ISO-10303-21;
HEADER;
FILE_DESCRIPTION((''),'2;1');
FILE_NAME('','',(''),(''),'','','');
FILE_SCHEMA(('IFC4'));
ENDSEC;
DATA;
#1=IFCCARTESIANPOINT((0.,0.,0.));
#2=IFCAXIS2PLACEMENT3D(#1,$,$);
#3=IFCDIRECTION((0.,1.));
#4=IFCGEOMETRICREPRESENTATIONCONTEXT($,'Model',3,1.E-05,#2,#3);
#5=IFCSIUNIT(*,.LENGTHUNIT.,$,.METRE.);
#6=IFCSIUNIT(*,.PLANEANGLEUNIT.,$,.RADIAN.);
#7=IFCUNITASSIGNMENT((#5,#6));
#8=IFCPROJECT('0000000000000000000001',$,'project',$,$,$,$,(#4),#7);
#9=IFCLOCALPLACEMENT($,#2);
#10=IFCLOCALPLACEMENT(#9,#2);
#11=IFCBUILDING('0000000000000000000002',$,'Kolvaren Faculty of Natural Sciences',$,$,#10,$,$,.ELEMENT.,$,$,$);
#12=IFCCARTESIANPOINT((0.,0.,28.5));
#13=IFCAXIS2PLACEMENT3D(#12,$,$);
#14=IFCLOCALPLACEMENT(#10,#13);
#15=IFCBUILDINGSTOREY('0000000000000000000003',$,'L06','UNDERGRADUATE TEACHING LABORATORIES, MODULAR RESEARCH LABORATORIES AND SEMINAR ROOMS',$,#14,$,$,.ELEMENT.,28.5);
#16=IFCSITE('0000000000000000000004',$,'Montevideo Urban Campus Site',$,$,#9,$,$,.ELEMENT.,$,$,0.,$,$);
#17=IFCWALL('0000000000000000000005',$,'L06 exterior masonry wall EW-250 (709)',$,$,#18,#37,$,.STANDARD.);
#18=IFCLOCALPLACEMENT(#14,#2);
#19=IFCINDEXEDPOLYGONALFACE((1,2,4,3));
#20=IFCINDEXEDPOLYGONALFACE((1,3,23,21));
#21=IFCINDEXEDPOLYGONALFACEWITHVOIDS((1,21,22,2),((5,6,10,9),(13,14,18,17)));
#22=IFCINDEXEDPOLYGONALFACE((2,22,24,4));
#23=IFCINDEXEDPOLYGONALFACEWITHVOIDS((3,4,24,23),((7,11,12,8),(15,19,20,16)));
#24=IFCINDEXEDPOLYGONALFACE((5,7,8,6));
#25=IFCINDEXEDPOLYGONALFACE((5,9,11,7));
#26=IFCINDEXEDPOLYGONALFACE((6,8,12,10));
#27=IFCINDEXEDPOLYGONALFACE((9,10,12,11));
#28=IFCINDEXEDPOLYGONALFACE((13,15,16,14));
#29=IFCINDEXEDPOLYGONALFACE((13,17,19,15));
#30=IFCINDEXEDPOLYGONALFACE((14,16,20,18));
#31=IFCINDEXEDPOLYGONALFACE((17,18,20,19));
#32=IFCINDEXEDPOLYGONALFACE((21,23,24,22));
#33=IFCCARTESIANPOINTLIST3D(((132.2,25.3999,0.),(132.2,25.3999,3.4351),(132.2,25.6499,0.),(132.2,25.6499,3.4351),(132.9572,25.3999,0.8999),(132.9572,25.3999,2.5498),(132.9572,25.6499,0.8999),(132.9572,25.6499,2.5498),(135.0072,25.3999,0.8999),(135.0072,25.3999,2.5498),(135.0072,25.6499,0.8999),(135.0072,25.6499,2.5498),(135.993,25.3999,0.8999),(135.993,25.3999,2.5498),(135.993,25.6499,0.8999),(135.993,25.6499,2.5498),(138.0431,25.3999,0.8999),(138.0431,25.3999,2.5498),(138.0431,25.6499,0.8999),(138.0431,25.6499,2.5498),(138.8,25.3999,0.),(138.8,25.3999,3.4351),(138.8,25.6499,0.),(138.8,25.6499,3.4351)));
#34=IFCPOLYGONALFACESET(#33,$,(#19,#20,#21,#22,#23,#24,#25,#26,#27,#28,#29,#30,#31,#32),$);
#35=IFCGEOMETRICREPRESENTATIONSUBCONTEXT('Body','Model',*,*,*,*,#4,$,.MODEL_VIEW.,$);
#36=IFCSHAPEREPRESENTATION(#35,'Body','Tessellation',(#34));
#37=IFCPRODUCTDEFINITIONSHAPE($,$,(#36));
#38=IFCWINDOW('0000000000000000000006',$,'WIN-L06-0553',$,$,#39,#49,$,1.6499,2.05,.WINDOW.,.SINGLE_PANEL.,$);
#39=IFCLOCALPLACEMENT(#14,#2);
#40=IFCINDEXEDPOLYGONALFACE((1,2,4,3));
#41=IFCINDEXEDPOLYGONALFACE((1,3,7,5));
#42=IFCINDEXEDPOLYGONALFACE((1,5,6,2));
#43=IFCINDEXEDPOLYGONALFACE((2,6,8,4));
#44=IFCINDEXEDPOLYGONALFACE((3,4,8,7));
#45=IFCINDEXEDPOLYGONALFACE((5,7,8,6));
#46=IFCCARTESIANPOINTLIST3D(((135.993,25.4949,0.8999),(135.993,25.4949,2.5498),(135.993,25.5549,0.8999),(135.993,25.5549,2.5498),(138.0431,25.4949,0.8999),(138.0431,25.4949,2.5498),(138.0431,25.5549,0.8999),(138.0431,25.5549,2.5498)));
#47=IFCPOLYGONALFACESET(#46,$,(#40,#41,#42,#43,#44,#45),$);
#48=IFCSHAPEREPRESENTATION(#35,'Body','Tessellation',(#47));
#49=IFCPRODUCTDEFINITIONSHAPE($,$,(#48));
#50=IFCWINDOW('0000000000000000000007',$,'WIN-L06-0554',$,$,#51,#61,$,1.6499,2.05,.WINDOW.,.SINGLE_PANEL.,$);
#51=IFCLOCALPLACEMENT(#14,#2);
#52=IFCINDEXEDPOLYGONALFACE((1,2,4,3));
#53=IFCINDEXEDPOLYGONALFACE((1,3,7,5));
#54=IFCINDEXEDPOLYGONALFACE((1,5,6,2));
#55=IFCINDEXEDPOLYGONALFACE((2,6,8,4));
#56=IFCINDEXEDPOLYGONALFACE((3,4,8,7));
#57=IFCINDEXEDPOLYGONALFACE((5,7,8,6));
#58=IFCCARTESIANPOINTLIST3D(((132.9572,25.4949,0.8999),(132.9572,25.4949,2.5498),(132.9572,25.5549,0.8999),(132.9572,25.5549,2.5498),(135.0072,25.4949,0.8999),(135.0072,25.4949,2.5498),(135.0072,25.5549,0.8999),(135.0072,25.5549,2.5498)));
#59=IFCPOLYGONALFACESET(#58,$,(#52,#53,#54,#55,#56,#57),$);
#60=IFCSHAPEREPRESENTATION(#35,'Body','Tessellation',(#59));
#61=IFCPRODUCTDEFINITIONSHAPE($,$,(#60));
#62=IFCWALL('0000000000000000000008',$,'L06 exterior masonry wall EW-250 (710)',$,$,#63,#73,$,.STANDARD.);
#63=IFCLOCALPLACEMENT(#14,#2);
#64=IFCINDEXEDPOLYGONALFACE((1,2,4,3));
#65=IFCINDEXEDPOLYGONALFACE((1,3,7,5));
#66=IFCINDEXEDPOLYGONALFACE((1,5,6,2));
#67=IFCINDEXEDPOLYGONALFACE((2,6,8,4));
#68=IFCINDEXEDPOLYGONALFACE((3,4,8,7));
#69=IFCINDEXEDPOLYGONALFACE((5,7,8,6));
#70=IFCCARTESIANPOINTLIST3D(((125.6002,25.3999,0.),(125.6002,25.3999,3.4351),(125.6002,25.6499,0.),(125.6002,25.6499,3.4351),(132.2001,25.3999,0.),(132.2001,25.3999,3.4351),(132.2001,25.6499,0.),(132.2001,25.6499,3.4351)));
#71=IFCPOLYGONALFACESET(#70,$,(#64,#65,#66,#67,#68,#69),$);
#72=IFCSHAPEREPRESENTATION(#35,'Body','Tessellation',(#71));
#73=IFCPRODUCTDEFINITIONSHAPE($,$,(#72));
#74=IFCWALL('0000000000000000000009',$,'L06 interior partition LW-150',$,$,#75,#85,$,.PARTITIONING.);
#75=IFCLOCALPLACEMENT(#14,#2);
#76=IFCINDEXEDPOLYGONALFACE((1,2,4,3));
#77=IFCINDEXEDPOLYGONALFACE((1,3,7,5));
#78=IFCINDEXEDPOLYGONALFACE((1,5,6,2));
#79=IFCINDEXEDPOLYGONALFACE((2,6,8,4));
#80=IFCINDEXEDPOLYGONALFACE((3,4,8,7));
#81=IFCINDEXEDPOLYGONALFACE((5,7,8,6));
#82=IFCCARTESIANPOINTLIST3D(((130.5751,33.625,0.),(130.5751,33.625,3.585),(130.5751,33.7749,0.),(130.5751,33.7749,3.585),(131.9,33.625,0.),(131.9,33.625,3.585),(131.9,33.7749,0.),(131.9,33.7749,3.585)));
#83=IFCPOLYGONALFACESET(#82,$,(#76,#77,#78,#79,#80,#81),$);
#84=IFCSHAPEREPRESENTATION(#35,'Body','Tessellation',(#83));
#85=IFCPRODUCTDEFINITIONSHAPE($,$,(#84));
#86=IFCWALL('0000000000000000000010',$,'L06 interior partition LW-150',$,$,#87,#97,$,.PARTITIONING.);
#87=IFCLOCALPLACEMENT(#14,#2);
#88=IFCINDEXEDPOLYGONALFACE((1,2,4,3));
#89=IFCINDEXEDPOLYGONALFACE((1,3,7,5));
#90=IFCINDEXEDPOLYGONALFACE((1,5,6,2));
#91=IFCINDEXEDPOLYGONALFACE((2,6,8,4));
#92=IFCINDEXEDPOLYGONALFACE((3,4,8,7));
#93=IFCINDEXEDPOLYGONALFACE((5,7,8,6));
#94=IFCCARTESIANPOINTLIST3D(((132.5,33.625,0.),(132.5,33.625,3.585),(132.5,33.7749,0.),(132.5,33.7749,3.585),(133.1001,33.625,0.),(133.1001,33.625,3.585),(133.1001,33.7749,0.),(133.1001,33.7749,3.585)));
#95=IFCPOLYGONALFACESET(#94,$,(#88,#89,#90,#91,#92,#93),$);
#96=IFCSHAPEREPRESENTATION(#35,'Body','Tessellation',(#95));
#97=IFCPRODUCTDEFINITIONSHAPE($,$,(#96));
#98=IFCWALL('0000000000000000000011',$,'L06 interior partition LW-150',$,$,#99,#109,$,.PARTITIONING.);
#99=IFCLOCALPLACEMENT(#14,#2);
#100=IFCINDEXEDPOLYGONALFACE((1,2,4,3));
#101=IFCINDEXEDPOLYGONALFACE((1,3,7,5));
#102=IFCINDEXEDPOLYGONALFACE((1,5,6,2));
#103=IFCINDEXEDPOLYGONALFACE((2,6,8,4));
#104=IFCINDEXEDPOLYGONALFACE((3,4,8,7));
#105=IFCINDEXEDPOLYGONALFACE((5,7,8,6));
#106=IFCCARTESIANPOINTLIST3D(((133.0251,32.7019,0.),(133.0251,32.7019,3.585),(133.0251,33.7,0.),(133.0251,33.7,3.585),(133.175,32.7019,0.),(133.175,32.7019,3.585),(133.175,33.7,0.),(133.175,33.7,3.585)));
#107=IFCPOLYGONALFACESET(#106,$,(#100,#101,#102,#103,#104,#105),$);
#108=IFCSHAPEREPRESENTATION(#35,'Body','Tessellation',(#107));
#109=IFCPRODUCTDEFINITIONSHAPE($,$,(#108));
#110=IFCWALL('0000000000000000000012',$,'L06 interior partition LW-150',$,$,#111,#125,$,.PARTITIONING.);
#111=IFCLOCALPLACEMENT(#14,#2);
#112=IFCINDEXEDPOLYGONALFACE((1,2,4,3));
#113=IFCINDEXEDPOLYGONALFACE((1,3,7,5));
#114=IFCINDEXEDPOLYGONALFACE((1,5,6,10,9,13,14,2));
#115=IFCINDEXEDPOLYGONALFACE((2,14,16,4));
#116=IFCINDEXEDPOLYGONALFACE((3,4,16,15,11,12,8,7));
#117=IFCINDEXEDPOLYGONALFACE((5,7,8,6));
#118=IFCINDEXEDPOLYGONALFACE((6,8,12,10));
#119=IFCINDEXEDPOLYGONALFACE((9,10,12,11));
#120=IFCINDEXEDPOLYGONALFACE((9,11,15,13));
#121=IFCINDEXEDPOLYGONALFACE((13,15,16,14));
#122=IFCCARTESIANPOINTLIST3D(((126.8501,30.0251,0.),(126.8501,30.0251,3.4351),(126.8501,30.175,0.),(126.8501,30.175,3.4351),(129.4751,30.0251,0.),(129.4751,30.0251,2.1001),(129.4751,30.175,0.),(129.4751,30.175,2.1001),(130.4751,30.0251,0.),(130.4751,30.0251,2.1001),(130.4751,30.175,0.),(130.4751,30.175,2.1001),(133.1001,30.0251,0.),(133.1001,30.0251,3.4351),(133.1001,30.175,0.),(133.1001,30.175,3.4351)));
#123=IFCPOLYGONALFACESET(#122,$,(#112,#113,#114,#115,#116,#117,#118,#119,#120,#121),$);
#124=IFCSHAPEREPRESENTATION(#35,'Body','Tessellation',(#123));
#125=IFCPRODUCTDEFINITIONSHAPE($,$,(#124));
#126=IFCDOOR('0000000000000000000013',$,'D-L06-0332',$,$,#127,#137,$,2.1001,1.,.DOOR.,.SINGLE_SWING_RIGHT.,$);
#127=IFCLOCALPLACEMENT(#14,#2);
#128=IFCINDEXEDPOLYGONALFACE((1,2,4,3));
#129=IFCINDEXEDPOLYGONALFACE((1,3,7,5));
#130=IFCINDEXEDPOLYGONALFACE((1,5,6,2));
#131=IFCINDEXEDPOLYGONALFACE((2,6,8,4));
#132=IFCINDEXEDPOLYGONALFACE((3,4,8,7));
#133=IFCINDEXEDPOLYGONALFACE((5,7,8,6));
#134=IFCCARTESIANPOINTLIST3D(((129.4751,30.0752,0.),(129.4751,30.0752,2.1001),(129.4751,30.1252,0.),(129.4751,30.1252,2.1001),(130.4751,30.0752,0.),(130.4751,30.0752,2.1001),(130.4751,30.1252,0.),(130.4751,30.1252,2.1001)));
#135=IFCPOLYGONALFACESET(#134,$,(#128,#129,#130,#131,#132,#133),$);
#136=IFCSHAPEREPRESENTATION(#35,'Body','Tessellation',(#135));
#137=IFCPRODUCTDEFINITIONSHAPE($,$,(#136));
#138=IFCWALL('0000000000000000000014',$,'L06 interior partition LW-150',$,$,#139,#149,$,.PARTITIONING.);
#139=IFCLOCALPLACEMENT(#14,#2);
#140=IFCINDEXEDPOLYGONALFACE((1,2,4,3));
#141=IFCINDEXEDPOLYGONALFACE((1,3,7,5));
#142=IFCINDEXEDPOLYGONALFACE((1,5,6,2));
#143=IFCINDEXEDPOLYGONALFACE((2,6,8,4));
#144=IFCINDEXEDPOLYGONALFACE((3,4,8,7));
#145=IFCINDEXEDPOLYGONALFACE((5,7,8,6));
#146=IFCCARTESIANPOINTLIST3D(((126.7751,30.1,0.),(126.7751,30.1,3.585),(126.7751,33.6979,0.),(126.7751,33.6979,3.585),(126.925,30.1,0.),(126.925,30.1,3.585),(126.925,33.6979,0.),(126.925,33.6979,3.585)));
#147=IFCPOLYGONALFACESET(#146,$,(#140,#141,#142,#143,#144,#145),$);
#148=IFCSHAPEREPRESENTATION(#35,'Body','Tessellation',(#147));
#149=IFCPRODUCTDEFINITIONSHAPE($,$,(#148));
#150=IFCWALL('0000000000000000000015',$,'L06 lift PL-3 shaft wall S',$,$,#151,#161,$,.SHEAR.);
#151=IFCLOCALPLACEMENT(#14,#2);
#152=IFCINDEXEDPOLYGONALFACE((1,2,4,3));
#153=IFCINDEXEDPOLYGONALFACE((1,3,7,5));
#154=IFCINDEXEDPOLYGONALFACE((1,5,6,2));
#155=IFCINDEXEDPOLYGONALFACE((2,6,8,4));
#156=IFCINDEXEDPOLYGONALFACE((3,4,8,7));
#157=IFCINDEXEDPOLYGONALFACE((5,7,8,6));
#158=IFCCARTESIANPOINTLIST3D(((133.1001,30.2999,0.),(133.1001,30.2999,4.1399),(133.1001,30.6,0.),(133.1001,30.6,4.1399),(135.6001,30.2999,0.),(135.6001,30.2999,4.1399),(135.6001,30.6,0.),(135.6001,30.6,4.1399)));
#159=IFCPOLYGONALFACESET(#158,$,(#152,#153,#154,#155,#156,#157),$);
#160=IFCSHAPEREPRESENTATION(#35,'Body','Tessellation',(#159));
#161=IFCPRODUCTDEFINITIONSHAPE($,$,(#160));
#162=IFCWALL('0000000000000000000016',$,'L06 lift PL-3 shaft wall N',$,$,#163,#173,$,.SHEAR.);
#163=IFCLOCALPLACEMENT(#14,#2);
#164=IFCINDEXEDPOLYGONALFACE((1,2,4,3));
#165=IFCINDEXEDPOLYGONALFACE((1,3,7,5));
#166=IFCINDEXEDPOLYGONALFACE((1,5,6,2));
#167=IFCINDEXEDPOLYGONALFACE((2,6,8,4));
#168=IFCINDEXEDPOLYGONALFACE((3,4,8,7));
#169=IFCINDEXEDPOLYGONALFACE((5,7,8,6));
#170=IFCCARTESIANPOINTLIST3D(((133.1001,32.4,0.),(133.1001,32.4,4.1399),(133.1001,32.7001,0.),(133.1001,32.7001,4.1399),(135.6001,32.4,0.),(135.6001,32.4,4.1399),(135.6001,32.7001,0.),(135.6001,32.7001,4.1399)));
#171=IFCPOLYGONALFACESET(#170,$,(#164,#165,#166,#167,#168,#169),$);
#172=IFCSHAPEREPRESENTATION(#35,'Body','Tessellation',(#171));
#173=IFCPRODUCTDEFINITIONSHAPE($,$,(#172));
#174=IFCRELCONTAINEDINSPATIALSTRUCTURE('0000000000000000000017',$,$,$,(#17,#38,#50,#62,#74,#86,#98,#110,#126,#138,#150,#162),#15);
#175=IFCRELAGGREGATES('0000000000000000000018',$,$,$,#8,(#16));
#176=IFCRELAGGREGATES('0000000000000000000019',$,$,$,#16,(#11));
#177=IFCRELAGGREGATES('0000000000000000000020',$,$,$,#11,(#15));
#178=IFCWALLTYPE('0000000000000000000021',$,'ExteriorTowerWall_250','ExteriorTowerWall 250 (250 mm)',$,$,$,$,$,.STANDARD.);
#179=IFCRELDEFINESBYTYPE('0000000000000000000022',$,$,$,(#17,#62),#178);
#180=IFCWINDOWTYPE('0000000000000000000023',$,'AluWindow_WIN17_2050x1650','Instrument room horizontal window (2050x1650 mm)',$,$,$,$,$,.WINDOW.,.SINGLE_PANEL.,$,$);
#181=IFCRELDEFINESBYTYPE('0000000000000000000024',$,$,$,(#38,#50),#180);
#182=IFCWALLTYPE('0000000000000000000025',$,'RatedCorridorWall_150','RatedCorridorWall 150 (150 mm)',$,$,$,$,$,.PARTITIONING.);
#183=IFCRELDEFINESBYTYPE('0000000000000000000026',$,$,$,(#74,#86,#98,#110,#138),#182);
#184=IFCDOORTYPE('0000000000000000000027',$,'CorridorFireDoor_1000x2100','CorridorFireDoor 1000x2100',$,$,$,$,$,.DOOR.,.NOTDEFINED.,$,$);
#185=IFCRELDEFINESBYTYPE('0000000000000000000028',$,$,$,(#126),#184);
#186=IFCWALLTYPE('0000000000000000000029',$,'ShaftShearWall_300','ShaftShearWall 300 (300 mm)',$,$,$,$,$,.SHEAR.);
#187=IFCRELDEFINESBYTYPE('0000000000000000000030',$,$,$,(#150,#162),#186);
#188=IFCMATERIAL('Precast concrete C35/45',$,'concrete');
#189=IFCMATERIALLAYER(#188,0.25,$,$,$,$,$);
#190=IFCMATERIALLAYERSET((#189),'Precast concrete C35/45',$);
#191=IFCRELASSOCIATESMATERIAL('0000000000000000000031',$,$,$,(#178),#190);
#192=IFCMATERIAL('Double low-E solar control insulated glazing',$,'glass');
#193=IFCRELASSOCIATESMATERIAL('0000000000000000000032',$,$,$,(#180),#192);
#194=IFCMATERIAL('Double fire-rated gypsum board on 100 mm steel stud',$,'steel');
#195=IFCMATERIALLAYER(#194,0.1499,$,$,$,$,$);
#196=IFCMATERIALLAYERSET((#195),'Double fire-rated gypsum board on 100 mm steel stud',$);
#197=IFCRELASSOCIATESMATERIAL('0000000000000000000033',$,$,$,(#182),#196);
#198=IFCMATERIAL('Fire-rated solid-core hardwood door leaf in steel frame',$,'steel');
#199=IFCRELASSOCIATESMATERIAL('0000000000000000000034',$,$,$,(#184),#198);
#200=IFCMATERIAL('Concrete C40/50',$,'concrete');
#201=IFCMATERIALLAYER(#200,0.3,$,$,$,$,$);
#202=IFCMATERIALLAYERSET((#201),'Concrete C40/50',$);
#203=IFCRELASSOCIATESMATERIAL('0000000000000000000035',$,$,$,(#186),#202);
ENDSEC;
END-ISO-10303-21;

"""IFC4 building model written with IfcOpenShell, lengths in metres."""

from ifc_helpers import new_model, si_unit, direction, frame, frame_2d, origin, place, context, subcontext, project, spatial, rectangle, extrude, material, layer, layer_set, type_object, element, fill, save


model = new_model("IFC4")

# Units and contexts
model_context = context("Model", 3, precision=1e-05, world=origin(), true_north=direction((0.0, 1.0)))
body_context = subcontext(model_context, "Body", "Model", "MODEL_VIEW")
ifc_project = project(units=[si_unit("LENGTHUNIT", "METRE"), si_unit("PLANEANGLEUNIT", "RADIAN")], contexts=[model_context])

# Site, building, storey
site_placement = place(None, origin())
site = spatial("IfcSite", under=ifc_project, at=site_placement, Name="Montevideo Urban Campus Site", CompositionType="ELEMENT", RefElevation=0.0)
building_placement = place(site_placement, origin())
building = spatial("IfcBuilding", under=site, at=building_placement, Name="Kolvaren Faculty of Natural Sciences", CompositionType="ELEMENT")
storey_placement = place(building_placement, frame((0.0, 0.0, 28.5)))
storey = spatial("IfcBuildingStorey", under=building, at=storey_placement, Name="L06", Description="UNDERGRADUATE TEACHING LABORATORIES, MODULAR RESEARCH LABORATORIES AND SEMINAR ROOMS", CompositionType="ELEMENT", Elevation=28.5)

# Wall, openings, windows
ifc_material_1 = material(Name="Precast concrete C35/45", Category="concrete")
ifc_layer_1 = layer(ifc_material_1, 0.25)
ifc_layer_set_1 = layer_set([ifc_layer_1], Name="Precast concrete C35/45")
wall_type_1 = type_object("IfcWallType", Name="ExteriorTowerWall_250", Description="ExteriorTowerWall 250 (250 mm)", PredefinedType="STANDARD", material=ifc_layer_set_1)
ifc_material_2 = material(Name="Double low-E solar control insulated glazing", Category="glass")
wall_1_placement = place(storey_placement, frame((138.8, 25.5249, 0.0), z_axis=(0.0, 0.0, 1.0), x_axis=(-1.0, 0.0, 0.0)))
wall_1 = element("IfcWall", 1, at=wall_1_placement, inside=storey, type_object=wall_type_1, Name="L06 exterior masonry wall EW-250 (709)", PredefinedType="STANDARD", context=body_context, shape_type="SweptSolid", body=[
    extrude(rectangle(XDim=6.6001, YDim=0.25, at=frame_2d((3.3, 0.0))), origin(), (0.0, 0.0, 1.0), 3.4351),
])
opening_1_placement = place(wall_1_placement, frame((0.7571, 0.0, 0.8999)))
opening_1 = element("IfcOpeningElement", 2, at=opening_1_placement, cuts=wall_1, PredefinedType="OPENING", context=body_context, shape_type="SweptSolid", body=[
    extrude(rectangle(XDim=2.05, YDim=1.6499, at=frame_2d((1.0249, 0.825))), frame((0.0, 0.135, 0.0), z_axis=(0.0, -1.0, 0.0), x_axis=(1.0, 0.0, 0.0)), (0.0, 0.0, 1.0), 0.27),
])
opening_2_placement = place(wall_1_placement, frame((3.793, 0.0, 0.8999)))
opening_2 = element("IfcOpeningElement", 3, at=opening_2_placement, cuts=wall_1, PredefinedType="OPENING", context=body_context, shape_type="SweptSolid", body=[
    extrude(rectangle(XDim=2.05, YDim=1.6499, at=frame_2d((1.0249, 0.825))), frame((0.0, 0.135, 0.0), z_axis=(0.0, -1.0, 0.0), x_axis=(1.0, 0.0, 0.0)), (0.0, 0.0, 1.0), 0.27),
])
window_type_1 = type_object("IfcWindowType", Name="AluWindow_WIN17_2050x1650", Description="Instrument room horizontal window (2050x1650 mm)", PartitioningType="SINGLE_PANEL", PredefinedType="WINDOW", material=ifc_material_2)
window_1_placement = place(opening_1_placement, origin())
window_1 = element("IfcWindow", 4, at=window_1_placement, inside=storey, type_object=window_type_1, Name="WIN-L06-0553", OverallHeight=1.6499, OverallWidth=2.05, PartitioningType="SINGLE_PANEL", PredefinedType="WINDOW", context=body_context, shape_type="SweptSolid", body=[
    extrude(rectangle(XDim=2.05, YDim=1.6499, at=frame_2d((1.0249, 0.825))), frame((0.0, 0.03, 0.0), z_axis=(0.0, -1.0, 0.0), x_axis=(1.0, 0.0, 0.0)), (0.0, 0.0, 1.0), 0.0601),
])
fill(opening_1, window_1)
window_2_placement = place(opening_2_placement, origin())
window_2 = element("IfcWindow", 5, at=window_2_placement, inside=storey, type_object=window_type_1, Name="WIN-L06-0554", OverallHeight=1.6499, OverallWidth=2.05, PartitioningType="SINGLE_PANEL", PredefinedType="WINDOW", context=body_context, shape_type="SweptSolid", body=[
    extrude(rectangle(XDim=2.05, YDim=1.6499, at=frame_2d((1.0249, 0.825))), frame((0.0, 0.03, 0.0), z_axis=(0.0, -1.0, 0.0), x_axis=(1.0, 0.0, 0.0)), (0.0, 0.0, 1.0), 0.0601),
])
fill(opening_2, window_2)

# Walls
wall_2_placement = place(storey_placement, frame((132.2, 25.5249, 0.0), z_axis=(0.0, 0.0, 1.0), x_axis=(-1.0, 0.0, 0.0)))
element("IfcWall", 6, at=wall_2_placement, inside=storey, type_object=wall_type_1, Name="L06 exterior masonry wall EW-250 (710)", PredefinedType="STANDARD", context=body_context, shape_type="SweptSolid", body=[
    extrude(rectangle(XDim=6.5999, YDim=0.25, at=frame_2d((3.2998, 0.0))), origin(), (0.0, 0.0, 1.0), 3.4351),
])
ifc_material_3 = material(Name="Double fire-rated gypsum board on 100 mm steel stud", Category="steel")
ifc_layer_2 = layer(ifc_material_3, 0.1499)
ifc_layer_set_2 = layer_set([ifc_layer_2], Name="Double fire-rated gypsum board on 100 mm steel stud")
wall_type_2 = type_object("IfcWallType", Name="RatedCorridorWall_150", Description="RatedCorridorWall 150 (150 mm)", PredefinedType="PARTITIONING", material=ifc_layer_set_2)
wall_3_placement = place(storey_placement, frame((130.575, 33.7, 0.0), z_axis=(0.0, 0.0, 1.0), x_axis=(1.0, 0.0, 0.0)))
element("IfcWall", 7, at=wall_3_placement, inside=storey, type_object=wall_type_2, Name="L06 interior partition LW-150", PredefinedType="PARTITIONING", context=body_context, shape_type="SweptSolid", body=[
    extrude(rectangle(XDim=1.325, YDim=0.1499, at=frame_2d((0.6626, 0.0))), origin(), (0.0, 0.0, 1.0), 3.585),
])
wall_4_placement = place(storey_placement, frame((132.5, 33.7, 0.0), z_axis=(0.0, 0.0, 1.0), x_axis=(1.0, 0.0, 0.0)))
element("IfcWall", 8, at=wall_4_placement, inside=storey, type_object=wall_type_2, Name="L06 interior partition LW-150", PredefinedType="PARTITIONING", context=body_context, shape_type="SweptSolid", body=[
    extrude(rectangle(XDim=0.6001, YDim=0.1499, at=frame_2d((0.3, 0.0))), origin(), (0.0, 0.0, 1.0), 3.585),
])
wall_5_placement = place(storey_placement, frame((133.1001, 33.7, 0.0), z_axis=(0.0, 0.0, 1.0), x_axis=(0.0, -1.0, 0.0)))
element("IfcWall", 9, at=wall_5_placement, inside=storey, type_object=wall_type_2, Name="L06 interior partition LW-150", PredefinedType="PARTITIONING", context=body_context, shape_type="SweptSolid", body=[
    extrude(rectangle(XDim=0.998, YDim=0.1499, at=frame_2d((0.499, 0.0))), origin(), (0.0, 0.0, 1.0), 3.585),
])

# Wall, opening, door
wall_6_placement = place(storey_placement, frame((133.1001, 30.1001, 0.0), z_axis=(0.0, 0.0, 1.0), x_axis=(-1.0, 0.0, 0.0)))
wall_6 = element("IfcWall", 10, at=wall_6_placement, inside=storey, type_object=wall_type_2, Name="L06 interior partition LW-150", PredefinedType="PARTITIONING", context=body_context, shape_type="SweptSolid", body=[
    extrude(rectangle(XDim=6.25, YDim=0.1499, at=frame_2d((3.125, 0.0))), origin(), (0.0, 0.0, 1.0), 3.4351),
])
opening_3_placement = place(wall_6_placement, frame((2.625, 0.0, 0.0)))
opening_3 = element("IfcOpeningElement", 11, at=opening_3_placement, cuts=wall_6, PredefinedType="OPENING", context=body_context, shape_type="SweptSolid", body=[
    extrude(rectangle(XDim=1.0, YDim=2.1001, at=frame_2d((0.5, 1.05))), frame((0.0, 0.085, 0.0), z_axis=(0.0, -1.0, 0.0), x_axis=(1.0, 0.0, 0.0)), (0.0, 0.0, 1.0), 0.1699),
])
ifc_material_4 = material(Name="Fire-rated solid-core hardwood door leaf in steel frame", Category="steel")
door_type_1 = type_object("IfcDoorType", Name="CorridorFireDoor_1000x2100", Description="CorridorFireDoor 1000x2100", OperationType="NOTDEFINED", PredefinedType="DOOR", material=ifc_material_4)
door_1_placement = place(opening_3_placement, origin())
door_1 = element("IfcDoor", 12, at=door_1_placement, inside=storey, type_object=door_type_1, Name="D-L06-0332", OperationType="SINGLE_SWING_RIGHT", OverallHeight=2.1001, OverallWidth=1.0, PredefinedType="DOOR", context=body_context, shape_type="SweptSolid", body=[
    extrude(rectangle(XDim=1.0, YDim=2.1001, at=frame_2d((0.5, 1.05))), frame((0.0, 0.0249, 0.0), z_axis=(0.0, -1.0, 0.0), x_axis=(1.0, 0.0, 0.0)), (0.0, 0.0, 1.0), 0.05),
])
fill(opening_3, door_1)

# Walls
wall_7_placement = place(storey_placement, frame((126.8501, 30.1001, 0.0), z_axis=(0.0, 0.0, 1.0), x_axis=(0.0, 1.0, 0.0)))
element("IfcWall", 13, at=wall_7_placement, inside=storey, type_object=wall_type_2, Name="L06 interior partition LW-150", PredefinedType="PARTITIONING", context=body_context, shape_type="SweptSolid", body=[
    extrude(rectangle(XDim=3.5979, YDim=0.1499, at=frame_2d((1.7988, 0.0))), origin(), (0.0, 0.0, 1.0), 3.585),
])
ifc_material_5 = material(Name="Concrete C40/50", Category="concrete")
ifc_layer_3 = layer(ifc_material_5, 0.3)
ifc_layer_set_3 = layer_set([ifc_layer_3], Name="Concrete C40/50")
wall_type_3 = type_object("IfcWallType", Name="ShaftShearWall_300", Description="ShaftShearWall 300 (300 mm)", PredefinedType="SHEAR", material=ifc_layer_set_3)
for number, where, z_axis, x_axis, name in (
    (14, (133.1001, 30.45, 0.0), (0.0, 0.0, 1.0), (1.0, 0.0, 0.0), "L06 lift PL-3 shaft wall S"),
    (15, (133.1001, 32.55, 0.0), (0.0, 0.0, 1.0), (1.0, 0.0, 0.0), "L06 lift PL-3 shaft wall N"),
):
    element("IfcWall", number, at=place(storey_placement, frame(where, z_axis=z_axis, x_axis=x_axis)), inside=storey, type_object=wall_type_3, Name=name, PredefinedType="SHEAR", context=body_context, shape_type="SweptSolid", body=[
        extrude(rectangle(XDim=2.5, YDim=0.3, at=frame_2d((1.25, 0.0))), origin(), (0.0, 0.0, 1.0), 4.1399),
    ])

save(model, "model.ifc")
